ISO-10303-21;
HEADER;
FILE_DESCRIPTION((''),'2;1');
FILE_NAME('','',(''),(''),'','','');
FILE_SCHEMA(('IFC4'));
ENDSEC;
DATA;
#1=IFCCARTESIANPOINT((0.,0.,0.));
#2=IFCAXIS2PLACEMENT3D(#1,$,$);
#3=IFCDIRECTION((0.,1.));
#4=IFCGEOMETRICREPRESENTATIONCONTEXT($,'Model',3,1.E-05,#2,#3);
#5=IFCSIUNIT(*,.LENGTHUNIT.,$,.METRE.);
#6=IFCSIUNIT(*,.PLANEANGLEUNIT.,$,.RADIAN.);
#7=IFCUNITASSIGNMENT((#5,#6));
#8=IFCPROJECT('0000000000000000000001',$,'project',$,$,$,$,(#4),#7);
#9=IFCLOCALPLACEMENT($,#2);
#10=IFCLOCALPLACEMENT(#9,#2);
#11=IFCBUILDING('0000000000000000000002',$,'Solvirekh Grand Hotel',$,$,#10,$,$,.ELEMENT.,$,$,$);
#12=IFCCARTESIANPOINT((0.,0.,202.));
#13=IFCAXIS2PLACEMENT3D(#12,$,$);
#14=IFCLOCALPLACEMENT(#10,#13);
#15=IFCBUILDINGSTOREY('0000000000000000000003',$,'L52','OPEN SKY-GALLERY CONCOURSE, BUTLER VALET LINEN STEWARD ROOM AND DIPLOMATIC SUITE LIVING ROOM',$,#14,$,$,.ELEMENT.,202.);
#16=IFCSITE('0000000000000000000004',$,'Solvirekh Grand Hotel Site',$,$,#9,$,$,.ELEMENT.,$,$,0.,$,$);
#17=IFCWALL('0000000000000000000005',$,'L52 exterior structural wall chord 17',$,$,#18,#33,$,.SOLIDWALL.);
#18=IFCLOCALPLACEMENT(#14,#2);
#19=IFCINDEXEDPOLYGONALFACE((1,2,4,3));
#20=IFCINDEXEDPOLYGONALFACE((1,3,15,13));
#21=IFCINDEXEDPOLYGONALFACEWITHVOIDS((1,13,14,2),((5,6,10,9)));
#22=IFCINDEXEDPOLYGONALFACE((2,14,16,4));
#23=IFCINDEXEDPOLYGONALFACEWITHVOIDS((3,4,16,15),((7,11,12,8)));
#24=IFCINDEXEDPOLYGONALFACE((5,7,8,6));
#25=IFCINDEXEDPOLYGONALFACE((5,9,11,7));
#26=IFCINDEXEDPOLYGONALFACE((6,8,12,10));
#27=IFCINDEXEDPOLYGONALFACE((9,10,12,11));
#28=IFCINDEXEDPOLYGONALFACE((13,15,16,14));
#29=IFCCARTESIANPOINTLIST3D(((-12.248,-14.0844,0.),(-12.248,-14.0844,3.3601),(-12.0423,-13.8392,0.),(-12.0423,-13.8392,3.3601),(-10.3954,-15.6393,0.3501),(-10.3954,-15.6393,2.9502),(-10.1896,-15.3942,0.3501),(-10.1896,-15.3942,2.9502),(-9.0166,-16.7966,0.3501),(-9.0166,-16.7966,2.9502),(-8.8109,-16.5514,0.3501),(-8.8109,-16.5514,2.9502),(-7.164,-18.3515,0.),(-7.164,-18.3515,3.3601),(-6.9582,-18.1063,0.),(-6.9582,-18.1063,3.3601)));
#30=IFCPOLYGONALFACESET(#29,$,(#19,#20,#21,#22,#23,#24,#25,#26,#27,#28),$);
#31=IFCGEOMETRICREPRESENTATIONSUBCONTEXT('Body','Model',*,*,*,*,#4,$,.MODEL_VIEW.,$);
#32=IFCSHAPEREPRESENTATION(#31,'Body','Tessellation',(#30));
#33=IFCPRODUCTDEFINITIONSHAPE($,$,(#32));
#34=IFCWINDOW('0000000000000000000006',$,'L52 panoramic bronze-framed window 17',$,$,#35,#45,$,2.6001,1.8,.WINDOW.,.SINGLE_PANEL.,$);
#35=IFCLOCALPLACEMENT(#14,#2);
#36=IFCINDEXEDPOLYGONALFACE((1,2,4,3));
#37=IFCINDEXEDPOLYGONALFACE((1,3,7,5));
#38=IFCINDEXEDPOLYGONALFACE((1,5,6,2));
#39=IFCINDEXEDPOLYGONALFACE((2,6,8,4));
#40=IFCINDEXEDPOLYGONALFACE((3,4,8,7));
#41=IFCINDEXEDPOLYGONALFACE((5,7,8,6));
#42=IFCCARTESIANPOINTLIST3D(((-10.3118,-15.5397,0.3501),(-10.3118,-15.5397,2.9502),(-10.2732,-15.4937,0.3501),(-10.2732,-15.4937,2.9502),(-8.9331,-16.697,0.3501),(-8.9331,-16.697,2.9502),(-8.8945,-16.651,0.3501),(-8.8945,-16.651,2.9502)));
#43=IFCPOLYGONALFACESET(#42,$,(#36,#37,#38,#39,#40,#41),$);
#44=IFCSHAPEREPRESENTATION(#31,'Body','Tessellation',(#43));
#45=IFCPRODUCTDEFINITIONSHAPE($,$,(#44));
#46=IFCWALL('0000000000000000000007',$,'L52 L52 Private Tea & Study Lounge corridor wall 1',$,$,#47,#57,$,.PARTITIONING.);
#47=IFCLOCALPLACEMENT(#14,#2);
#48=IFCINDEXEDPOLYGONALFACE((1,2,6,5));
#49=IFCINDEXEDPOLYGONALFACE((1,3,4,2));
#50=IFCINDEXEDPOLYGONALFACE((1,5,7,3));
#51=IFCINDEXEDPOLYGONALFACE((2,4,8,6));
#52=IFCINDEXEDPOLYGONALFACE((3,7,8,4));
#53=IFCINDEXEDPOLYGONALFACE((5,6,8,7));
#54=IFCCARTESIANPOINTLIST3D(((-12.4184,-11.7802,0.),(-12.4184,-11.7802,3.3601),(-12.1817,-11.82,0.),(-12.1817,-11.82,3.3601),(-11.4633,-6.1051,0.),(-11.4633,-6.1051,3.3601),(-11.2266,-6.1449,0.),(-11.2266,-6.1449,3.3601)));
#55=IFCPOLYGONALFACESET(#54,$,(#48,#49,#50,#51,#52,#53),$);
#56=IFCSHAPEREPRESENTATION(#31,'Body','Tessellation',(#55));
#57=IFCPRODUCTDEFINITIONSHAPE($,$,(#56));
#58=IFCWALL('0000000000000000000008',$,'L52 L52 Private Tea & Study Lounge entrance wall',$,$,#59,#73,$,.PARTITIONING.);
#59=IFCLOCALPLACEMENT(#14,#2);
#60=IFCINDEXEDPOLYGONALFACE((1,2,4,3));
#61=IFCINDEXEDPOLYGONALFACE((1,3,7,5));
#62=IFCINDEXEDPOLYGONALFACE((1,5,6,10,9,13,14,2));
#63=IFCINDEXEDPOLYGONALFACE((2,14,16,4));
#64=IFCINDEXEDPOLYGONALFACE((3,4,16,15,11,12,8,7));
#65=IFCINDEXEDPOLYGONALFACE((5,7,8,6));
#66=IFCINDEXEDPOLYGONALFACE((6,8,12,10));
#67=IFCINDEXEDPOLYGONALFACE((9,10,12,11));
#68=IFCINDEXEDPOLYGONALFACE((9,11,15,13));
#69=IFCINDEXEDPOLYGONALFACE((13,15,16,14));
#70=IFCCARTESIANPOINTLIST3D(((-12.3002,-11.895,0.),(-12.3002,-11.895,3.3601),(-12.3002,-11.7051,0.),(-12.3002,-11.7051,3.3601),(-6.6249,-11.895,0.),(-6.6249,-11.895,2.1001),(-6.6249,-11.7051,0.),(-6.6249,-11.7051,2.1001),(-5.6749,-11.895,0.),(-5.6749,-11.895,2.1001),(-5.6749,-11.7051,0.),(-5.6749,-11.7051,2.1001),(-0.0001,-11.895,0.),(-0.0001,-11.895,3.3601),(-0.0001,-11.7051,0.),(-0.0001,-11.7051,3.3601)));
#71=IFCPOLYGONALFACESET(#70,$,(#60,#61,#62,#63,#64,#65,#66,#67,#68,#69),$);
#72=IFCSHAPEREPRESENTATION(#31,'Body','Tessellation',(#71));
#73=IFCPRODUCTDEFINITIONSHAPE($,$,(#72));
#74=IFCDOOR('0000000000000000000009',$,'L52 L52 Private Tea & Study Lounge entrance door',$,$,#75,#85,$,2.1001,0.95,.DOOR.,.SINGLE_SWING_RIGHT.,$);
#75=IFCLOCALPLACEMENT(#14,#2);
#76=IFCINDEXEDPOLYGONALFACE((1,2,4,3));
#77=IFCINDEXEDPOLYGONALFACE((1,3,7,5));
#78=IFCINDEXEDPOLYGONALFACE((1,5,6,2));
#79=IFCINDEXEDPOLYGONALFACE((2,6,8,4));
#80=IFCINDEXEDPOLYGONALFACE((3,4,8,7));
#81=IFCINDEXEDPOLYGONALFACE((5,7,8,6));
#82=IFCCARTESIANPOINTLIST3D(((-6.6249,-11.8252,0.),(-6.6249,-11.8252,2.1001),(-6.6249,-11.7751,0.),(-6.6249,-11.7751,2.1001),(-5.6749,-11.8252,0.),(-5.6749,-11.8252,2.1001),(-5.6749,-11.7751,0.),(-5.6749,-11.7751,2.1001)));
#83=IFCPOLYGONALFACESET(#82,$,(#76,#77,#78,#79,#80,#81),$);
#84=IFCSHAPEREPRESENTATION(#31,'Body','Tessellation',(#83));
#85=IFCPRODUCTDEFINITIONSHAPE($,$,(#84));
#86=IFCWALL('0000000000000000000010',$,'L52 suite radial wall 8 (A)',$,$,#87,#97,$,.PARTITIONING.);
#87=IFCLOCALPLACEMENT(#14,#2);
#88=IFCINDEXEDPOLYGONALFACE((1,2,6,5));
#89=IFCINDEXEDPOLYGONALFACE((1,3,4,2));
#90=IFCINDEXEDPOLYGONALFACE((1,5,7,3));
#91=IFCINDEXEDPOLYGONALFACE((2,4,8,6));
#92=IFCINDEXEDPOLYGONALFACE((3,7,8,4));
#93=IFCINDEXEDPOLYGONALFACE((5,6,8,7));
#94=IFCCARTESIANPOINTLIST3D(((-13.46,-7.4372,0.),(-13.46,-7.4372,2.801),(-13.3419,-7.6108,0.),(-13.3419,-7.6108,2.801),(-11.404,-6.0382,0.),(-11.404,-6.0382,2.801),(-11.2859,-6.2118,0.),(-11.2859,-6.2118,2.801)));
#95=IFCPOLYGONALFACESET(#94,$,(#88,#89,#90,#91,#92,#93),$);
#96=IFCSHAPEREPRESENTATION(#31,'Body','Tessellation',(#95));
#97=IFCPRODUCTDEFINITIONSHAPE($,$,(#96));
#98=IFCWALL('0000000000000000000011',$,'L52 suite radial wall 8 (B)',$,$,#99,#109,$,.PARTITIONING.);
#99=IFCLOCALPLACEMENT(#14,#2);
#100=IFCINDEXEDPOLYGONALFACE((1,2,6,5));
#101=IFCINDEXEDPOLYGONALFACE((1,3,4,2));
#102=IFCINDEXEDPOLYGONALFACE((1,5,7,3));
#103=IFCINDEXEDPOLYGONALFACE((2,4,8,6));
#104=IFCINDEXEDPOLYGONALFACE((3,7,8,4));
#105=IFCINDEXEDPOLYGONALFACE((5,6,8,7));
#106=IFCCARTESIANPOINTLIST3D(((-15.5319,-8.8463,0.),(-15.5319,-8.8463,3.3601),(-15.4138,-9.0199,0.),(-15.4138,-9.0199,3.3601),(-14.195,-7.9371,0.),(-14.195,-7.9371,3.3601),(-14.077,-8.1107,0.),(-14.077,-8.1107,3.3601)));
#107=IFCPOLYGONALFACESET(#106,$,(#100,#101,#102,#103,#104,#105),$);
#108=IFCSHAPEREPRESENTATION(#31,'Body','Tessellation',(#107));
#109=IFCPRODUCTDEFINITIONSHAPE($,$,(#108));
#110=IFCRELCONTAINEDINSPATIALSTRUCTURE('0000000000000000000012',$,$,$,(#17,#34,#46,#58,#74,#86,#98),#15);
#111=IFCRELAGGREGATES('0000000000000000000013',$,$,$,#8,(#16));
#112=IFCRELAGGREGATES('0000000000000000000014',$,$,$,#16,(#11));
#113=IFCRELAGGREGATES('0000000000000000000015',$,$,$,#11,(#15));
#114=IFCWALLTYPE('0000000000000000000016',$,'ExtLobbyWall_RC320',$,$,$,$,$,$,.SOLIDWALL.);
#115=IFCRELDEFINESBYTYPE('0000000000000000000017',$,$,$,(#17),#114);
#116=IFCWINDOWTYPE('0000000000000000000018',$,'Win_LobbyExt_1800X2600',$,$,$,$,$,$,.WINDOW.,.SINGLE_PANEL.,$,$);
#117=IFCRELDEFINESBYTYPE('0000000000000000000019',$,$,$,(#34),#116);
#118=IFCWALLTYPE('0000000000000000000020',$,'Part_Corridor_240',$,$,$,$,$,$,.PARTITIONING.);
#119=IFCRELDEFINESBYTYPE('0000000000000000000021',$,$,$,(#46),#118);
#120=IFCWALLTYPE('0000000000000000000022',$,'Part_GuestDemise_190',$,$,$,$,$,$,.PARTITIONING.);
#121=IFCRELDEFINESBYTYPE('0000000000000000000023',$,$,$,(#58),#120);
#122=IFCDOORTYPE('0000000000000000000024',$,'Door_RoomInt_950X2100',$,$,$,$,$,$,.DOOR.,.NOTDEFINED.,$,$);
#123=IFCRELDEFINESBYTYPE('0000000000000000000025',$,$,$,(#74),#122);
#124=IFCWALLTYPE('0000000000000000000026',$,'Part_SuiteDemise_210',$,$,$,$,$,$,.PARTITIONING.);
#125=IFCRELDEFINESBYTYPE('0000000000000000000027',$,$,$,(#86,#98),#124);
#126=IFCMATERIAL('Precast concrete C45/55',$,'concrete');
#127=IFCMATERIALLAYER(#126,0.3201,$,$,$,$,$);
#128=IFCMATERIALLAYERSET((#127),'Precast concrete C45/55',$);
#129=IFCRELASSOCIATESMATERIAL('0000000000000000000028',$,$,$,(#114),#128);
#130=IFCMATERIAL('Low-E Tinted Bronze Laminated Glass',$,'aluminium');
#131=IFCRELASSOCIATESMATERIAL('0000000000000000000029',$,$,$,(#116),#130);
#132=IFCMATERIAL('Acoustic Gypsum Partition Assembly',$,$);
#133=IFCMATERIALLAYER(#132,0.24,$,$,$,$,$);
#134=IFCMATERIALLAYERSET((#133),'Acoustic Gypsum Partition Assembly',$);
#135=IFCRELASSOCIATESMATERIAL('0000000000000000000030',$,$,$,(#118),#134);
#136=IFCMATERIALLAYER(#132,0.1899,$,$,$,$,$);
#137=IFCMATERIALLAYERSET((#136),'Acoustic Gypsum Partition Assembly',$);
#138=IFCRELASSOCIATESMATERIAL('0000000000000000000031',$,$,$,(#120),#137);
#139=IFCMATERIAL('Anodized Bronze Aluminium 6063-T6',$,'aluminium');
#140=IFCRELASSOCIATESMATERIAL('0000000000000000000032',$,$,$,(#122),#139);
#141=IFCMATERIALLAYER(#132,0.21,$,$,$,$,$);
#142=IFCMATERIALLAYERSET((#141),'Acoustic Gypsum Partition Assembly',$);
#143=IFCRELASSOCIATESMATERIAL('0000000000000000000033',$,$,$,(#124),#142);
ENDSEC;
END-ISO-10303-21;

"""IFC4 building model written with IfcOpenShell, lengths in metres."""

from ifc_helpers import new_model, si_unit, direction, frame, frame_2d, origin, place, context, subcontext, project, spatial, rectangle, extrude, material, layer, layer_set, type_object, element, fill, save


model = new_model("IFC4")

# Units and contexts
model_context = context("Model", 3, precision=1e-05, world=origin(), true_north=direction((0.0, 1.0)))
body_context = subcontext(model_context, "Body", "Model", "MODEL_VIEW")
ifc_project = project(units=[si_unit("LENGTHUNIT", "METRE"), si_unit("PLANEANGLEUNIT", "RADIAN")], contexts=[model_context])

# Site, building, storey
site_placement = place(None, origin())
site = spatial("IfcSite", under=ifc_project, at=site_placement, Name="Solvirekh Grand Hotel Site", CompositionType="ELEMENT", RefElevation=0.0)
building_placement = place(site_placement, origin())
building = spatial("IfcBuilding", under=site, at=building_placement, Name="Solvirekh Grand Hotel", CompositionType="ELEMENT")
storey_placement = place(building_placement, frame((0.0, 0.0, 202.0)))
storey = spatial("IfcBuildingStorey", under=building, at=storey_placement, Name="L52", Description="OPEN SKY-GALLERY CONCOURSE, BUTLER VALET LINEN STEWARD ROOM AND DIPLOMATIC SUITE LIVING ROOM", CompositionType="ELEMENT", Elevation=202.0)

# Shared definitions
ifc_material_1 = material(Name="Anodized Bronze Aluminium 6063-T6", Category="aluminium")

# Shared definitions
ifc_material_2 = material(Name="Precast concrete C45/55", Category="concrete")
ifc_layer_1 = layer(ifc_material_2, 0.3201)
ifc_layer_set_1 = layer_set([ifc_layer_1], Name="Precast concrete C45/55")
wall_type_1 = type_object("IfcWallType", Name="ExtLobbyWall_RC320", PredefinedType="SOLIDWALL", material=ifc_layer_set_1)
ifc_material_3 = material(Name="Low-E Tinted Bronze Laminated Glass", Category="aluminium")
window_type = type_object("IfcWindowType", Name="Win_LobbyExt_1800X2600", PartitioningType="SINGLE_PANEL", PredefinedType="WINDOW", material=ifc_material_3)

# Wall, opening, window
wall_1_placement = place(storey_placement, frame((-7.061, -18.229, 0.0), z_axis=(0.0, 0.0, 1.0), x_axis=(-0.765961, 0.642887, 0.0)))
wall_1 = element("IfcWall", 1, at=wall_1_placement, inside=storey, type_object=wall_type_1, Name="L52 exterior structural wall chord 17", PredefinedType="SOLIDWALL", context=body_context, shape_type="SweptSolid", body=[
    extrude(rectangle(XDim=6.6375, YDim=0.3201, at=frame_2d((3.3188, 0.0))), origin(), (0.0, 0.0, 1.0), 3.3601),
])
opening_1_placement = place(wall_1_placement, frame((2.4189, 0.0, 0.3501)))
opening_1 = element("IfcOpeningElement", 2, at=opening_1_placement, cuts=wall_1, PredefinedType="OPENING", context=body_context, shape_type="SweptSolid", body=[
    extrude(rectangle(XDim=1.8, YDim=2.6001, at=frame_2d((0.8999, 1.3))), frame((0.0, 0.1699, 0.0), z_axis=(0.0, -1.0, 0.0), x_axis=(1.0, 0.0, 0.0)), (0.0, 0.0, 1.0), 0.3401),
])
window_1_placement = place(opening_1_placement, origin())
window_1 = element("IfcWindow", 3, at=window_1_placement, inside=storey, type_object=window_type, Name="L52 panoramic bronze-framed window 17", OverallHeight=2.6001, OverallWidth=1.8, PartitioningType="SINGLE_PANEL", PredefinedType="WINDOW", context=body_context, shape_type="SweptSolid", body=[
    extrude(rectangle(XDim=1.8, YDim=2.6001, at=frame_2d((0.8999, 1.3))), frame((0.0, 0.03, 0.0), z_axis=(0.0, -1.0, 0.0), x_axis=(1.0, 0.0, 0.0)), (0.0, 0.0, 1.0), 0.0601),
])
fill(opening_1, window_1)

# Wall
ifc_material_4 = material(Name="Acoustic Gypsum Partition Assembly")
ifc_layer_2 = layer(ifc_material_4, 0.24)
ifc_layer_set_2 = layer_set([ifc_layer_2], Name="Acoustic Gypsum Partition Assembly")
wall_type_2 = type_object("IfcWallType", Name="Part_Corridor_240", PredefinedType="PARTITIONING", material=ifc_layer_set_2)
wall_2_placement = place(storey_placement, frame((-11.345, -6.125, 0.0), z_axis=(0.0, 0.0, 1.0), x_axis=(-0.16596, -0.986132, 0.0)))
element("IfcWall", 4, at=wall_2_placement, inside=storey, type_object=wall_type_2, Name="L52 L52 Private Tea & Study Lounge corridor wall 1", PredefinedType="PARTITIONING", context=body_context, shape_type="SweptSolid", body=[
    extrude(rectangle(XDim=5.7549, YDim=0.24, at=frame_2d((2.8774, 0.0))), origin(), (0.0, 0.0, 1.0), 3.3601),
])

# Wall, opening, door
ifc_layer_3 = layer(ifc_material_4, 0.1899)
ifc_layer_set_3 = layer_set([ifc_layer_3], Name="Acoustic Gypsum Partition Assembly")
wall_type_3 = type_object("IfcWallType", Name="Part_GuestDemise_190", PredefinedType="PARTITIONING", material=ifc_layer_set_3)
wall_3_placement = place(storey_placement, frame((-12.3, -11.8, 0.0), z_axis=(0.0, 0.0, 1.0), x_axis=(1.0, 0.0, 0.0)))
wall_3 = element("IfcWall", 5, at=wall_3_placement, inside=storey, type_object=wall_type_3, Name="L52 L52 Private Tea & Study Lounge entrance wall", PredefinedType="PARTITIONING", context=body_context, shape_type="SweptSolid", body=[
    extrude(rectangle(XDim=12.3, YDim=0.1899, at=frame_2d((6.1499, 0.0))), origin(), (0.0, 0.0, 1.0), 3.3601),
])
opening_2_placement = place(wall_3_placement, frame((5.675, 0.0, 0.0)))
opening_2 = element("IfcOpeningElement", 6, at=opening_2_placement, cuts=wall_3, PredefinedType="OPENING", context=body_context, shape_type="SweptSolid", body=[
    extrude(rectangle(XDim=0.95, YDim=2.1001, at=frame_2d((0.4751, 1.05))), frame((0.0, 0.105, 0.0), z_axis=(0.0, -1.0, 0.0), x_axis=(1.0, 0.0, 0.0)), (0.0, 0.0, 1.0), 0.21),
])
door_type_1 = type_object("IfcDoorType", Name="Door_RoomInt_950X2100", OperationType="NOTDEFINED", PredefinedType="DOOR", material=ifc_material_1)
door_1_placement = place(opening_2_placement, origin())
door_1 = element("IfcDoor", 7, at=door_1_placement, inside=storey, type_object=door_type_1, Name="L52 L52 Private Tea & Study Lounge entrance door", OperationType="SINGLE_SWING_RIGHT", OverallHeight=2.1001, OverallWidth=0.95, PredefinedType="DOOR", context=body_context, shape_type="SweptSolid", body=[
    extrude(rectangle(XDim=0.95, YDim=2.1001, at=frame_2d((0.4751, 1.05))), frame((0.0, 0.0249, 0.0), z_axis=(0.0, -1.0, 0.0), x_axis=(1.0, 0.0, 0.0)), (0.0, 0.0, 1.0), 0.05),
])
fill(opening_2, door_1)

# Walls
ifc_layer_4 = layer(ifc_material_4, 0.21)
ifc_layer_set_4 = layer_set([ifc_layer_4], Name="Acoustic Gypsum Partition Assembly")
wall_type_4 = type_object("IfcWallType", Name="Part_SuiteDemise_210", PredefinedType="PARTITIONING", material=ifc_layer_set_4)
wall_4_placement = place(storey_placement, frame((-11.345, -6.125, 0.0), z_axis=(0.0, 0.0, 1.0), x_axis=(-0.826757, -0.56256, 0.0)))
element("IfcWall", 8, at=wall_4_placement, inside=storey, type_object=wall_type_4, Name="L52 suite radial wall 8 (A)", PredefinedType="PARTITIONING", context=body_context, shape_type="SweptSolid", body=[
    extrude(rectangle(XDim=2.4868, YDim=0.21, at=frame_2d((1.2434, 0.0))), origin(), (0.0, 0.0, 1.0), 2.801),
])
wall_5_placement = place(storey_placement, frame((-14.136, -8.0239, 0.0), z_axis=(0.0, 0.0, 1.0), x_axis=(-0.826904, -0.562343, 0.0)))
element("IfcWall", 9, at=wall_5_placement, inside=storey, type_object=wall_type_4, Name="L52 suite radial wall 8 (B)", PredefinedType="PARTITIONING", context=body_context, shape_type="SweptSolid", body=[
    extrude(rectangle(XDim=1.6167, YDim=0.21, at=frame_2d((0.8083, 0.0))), origin(), (0.0, 0.0, 1.0), 3.3601),
])

save(model, "model.ifc")
